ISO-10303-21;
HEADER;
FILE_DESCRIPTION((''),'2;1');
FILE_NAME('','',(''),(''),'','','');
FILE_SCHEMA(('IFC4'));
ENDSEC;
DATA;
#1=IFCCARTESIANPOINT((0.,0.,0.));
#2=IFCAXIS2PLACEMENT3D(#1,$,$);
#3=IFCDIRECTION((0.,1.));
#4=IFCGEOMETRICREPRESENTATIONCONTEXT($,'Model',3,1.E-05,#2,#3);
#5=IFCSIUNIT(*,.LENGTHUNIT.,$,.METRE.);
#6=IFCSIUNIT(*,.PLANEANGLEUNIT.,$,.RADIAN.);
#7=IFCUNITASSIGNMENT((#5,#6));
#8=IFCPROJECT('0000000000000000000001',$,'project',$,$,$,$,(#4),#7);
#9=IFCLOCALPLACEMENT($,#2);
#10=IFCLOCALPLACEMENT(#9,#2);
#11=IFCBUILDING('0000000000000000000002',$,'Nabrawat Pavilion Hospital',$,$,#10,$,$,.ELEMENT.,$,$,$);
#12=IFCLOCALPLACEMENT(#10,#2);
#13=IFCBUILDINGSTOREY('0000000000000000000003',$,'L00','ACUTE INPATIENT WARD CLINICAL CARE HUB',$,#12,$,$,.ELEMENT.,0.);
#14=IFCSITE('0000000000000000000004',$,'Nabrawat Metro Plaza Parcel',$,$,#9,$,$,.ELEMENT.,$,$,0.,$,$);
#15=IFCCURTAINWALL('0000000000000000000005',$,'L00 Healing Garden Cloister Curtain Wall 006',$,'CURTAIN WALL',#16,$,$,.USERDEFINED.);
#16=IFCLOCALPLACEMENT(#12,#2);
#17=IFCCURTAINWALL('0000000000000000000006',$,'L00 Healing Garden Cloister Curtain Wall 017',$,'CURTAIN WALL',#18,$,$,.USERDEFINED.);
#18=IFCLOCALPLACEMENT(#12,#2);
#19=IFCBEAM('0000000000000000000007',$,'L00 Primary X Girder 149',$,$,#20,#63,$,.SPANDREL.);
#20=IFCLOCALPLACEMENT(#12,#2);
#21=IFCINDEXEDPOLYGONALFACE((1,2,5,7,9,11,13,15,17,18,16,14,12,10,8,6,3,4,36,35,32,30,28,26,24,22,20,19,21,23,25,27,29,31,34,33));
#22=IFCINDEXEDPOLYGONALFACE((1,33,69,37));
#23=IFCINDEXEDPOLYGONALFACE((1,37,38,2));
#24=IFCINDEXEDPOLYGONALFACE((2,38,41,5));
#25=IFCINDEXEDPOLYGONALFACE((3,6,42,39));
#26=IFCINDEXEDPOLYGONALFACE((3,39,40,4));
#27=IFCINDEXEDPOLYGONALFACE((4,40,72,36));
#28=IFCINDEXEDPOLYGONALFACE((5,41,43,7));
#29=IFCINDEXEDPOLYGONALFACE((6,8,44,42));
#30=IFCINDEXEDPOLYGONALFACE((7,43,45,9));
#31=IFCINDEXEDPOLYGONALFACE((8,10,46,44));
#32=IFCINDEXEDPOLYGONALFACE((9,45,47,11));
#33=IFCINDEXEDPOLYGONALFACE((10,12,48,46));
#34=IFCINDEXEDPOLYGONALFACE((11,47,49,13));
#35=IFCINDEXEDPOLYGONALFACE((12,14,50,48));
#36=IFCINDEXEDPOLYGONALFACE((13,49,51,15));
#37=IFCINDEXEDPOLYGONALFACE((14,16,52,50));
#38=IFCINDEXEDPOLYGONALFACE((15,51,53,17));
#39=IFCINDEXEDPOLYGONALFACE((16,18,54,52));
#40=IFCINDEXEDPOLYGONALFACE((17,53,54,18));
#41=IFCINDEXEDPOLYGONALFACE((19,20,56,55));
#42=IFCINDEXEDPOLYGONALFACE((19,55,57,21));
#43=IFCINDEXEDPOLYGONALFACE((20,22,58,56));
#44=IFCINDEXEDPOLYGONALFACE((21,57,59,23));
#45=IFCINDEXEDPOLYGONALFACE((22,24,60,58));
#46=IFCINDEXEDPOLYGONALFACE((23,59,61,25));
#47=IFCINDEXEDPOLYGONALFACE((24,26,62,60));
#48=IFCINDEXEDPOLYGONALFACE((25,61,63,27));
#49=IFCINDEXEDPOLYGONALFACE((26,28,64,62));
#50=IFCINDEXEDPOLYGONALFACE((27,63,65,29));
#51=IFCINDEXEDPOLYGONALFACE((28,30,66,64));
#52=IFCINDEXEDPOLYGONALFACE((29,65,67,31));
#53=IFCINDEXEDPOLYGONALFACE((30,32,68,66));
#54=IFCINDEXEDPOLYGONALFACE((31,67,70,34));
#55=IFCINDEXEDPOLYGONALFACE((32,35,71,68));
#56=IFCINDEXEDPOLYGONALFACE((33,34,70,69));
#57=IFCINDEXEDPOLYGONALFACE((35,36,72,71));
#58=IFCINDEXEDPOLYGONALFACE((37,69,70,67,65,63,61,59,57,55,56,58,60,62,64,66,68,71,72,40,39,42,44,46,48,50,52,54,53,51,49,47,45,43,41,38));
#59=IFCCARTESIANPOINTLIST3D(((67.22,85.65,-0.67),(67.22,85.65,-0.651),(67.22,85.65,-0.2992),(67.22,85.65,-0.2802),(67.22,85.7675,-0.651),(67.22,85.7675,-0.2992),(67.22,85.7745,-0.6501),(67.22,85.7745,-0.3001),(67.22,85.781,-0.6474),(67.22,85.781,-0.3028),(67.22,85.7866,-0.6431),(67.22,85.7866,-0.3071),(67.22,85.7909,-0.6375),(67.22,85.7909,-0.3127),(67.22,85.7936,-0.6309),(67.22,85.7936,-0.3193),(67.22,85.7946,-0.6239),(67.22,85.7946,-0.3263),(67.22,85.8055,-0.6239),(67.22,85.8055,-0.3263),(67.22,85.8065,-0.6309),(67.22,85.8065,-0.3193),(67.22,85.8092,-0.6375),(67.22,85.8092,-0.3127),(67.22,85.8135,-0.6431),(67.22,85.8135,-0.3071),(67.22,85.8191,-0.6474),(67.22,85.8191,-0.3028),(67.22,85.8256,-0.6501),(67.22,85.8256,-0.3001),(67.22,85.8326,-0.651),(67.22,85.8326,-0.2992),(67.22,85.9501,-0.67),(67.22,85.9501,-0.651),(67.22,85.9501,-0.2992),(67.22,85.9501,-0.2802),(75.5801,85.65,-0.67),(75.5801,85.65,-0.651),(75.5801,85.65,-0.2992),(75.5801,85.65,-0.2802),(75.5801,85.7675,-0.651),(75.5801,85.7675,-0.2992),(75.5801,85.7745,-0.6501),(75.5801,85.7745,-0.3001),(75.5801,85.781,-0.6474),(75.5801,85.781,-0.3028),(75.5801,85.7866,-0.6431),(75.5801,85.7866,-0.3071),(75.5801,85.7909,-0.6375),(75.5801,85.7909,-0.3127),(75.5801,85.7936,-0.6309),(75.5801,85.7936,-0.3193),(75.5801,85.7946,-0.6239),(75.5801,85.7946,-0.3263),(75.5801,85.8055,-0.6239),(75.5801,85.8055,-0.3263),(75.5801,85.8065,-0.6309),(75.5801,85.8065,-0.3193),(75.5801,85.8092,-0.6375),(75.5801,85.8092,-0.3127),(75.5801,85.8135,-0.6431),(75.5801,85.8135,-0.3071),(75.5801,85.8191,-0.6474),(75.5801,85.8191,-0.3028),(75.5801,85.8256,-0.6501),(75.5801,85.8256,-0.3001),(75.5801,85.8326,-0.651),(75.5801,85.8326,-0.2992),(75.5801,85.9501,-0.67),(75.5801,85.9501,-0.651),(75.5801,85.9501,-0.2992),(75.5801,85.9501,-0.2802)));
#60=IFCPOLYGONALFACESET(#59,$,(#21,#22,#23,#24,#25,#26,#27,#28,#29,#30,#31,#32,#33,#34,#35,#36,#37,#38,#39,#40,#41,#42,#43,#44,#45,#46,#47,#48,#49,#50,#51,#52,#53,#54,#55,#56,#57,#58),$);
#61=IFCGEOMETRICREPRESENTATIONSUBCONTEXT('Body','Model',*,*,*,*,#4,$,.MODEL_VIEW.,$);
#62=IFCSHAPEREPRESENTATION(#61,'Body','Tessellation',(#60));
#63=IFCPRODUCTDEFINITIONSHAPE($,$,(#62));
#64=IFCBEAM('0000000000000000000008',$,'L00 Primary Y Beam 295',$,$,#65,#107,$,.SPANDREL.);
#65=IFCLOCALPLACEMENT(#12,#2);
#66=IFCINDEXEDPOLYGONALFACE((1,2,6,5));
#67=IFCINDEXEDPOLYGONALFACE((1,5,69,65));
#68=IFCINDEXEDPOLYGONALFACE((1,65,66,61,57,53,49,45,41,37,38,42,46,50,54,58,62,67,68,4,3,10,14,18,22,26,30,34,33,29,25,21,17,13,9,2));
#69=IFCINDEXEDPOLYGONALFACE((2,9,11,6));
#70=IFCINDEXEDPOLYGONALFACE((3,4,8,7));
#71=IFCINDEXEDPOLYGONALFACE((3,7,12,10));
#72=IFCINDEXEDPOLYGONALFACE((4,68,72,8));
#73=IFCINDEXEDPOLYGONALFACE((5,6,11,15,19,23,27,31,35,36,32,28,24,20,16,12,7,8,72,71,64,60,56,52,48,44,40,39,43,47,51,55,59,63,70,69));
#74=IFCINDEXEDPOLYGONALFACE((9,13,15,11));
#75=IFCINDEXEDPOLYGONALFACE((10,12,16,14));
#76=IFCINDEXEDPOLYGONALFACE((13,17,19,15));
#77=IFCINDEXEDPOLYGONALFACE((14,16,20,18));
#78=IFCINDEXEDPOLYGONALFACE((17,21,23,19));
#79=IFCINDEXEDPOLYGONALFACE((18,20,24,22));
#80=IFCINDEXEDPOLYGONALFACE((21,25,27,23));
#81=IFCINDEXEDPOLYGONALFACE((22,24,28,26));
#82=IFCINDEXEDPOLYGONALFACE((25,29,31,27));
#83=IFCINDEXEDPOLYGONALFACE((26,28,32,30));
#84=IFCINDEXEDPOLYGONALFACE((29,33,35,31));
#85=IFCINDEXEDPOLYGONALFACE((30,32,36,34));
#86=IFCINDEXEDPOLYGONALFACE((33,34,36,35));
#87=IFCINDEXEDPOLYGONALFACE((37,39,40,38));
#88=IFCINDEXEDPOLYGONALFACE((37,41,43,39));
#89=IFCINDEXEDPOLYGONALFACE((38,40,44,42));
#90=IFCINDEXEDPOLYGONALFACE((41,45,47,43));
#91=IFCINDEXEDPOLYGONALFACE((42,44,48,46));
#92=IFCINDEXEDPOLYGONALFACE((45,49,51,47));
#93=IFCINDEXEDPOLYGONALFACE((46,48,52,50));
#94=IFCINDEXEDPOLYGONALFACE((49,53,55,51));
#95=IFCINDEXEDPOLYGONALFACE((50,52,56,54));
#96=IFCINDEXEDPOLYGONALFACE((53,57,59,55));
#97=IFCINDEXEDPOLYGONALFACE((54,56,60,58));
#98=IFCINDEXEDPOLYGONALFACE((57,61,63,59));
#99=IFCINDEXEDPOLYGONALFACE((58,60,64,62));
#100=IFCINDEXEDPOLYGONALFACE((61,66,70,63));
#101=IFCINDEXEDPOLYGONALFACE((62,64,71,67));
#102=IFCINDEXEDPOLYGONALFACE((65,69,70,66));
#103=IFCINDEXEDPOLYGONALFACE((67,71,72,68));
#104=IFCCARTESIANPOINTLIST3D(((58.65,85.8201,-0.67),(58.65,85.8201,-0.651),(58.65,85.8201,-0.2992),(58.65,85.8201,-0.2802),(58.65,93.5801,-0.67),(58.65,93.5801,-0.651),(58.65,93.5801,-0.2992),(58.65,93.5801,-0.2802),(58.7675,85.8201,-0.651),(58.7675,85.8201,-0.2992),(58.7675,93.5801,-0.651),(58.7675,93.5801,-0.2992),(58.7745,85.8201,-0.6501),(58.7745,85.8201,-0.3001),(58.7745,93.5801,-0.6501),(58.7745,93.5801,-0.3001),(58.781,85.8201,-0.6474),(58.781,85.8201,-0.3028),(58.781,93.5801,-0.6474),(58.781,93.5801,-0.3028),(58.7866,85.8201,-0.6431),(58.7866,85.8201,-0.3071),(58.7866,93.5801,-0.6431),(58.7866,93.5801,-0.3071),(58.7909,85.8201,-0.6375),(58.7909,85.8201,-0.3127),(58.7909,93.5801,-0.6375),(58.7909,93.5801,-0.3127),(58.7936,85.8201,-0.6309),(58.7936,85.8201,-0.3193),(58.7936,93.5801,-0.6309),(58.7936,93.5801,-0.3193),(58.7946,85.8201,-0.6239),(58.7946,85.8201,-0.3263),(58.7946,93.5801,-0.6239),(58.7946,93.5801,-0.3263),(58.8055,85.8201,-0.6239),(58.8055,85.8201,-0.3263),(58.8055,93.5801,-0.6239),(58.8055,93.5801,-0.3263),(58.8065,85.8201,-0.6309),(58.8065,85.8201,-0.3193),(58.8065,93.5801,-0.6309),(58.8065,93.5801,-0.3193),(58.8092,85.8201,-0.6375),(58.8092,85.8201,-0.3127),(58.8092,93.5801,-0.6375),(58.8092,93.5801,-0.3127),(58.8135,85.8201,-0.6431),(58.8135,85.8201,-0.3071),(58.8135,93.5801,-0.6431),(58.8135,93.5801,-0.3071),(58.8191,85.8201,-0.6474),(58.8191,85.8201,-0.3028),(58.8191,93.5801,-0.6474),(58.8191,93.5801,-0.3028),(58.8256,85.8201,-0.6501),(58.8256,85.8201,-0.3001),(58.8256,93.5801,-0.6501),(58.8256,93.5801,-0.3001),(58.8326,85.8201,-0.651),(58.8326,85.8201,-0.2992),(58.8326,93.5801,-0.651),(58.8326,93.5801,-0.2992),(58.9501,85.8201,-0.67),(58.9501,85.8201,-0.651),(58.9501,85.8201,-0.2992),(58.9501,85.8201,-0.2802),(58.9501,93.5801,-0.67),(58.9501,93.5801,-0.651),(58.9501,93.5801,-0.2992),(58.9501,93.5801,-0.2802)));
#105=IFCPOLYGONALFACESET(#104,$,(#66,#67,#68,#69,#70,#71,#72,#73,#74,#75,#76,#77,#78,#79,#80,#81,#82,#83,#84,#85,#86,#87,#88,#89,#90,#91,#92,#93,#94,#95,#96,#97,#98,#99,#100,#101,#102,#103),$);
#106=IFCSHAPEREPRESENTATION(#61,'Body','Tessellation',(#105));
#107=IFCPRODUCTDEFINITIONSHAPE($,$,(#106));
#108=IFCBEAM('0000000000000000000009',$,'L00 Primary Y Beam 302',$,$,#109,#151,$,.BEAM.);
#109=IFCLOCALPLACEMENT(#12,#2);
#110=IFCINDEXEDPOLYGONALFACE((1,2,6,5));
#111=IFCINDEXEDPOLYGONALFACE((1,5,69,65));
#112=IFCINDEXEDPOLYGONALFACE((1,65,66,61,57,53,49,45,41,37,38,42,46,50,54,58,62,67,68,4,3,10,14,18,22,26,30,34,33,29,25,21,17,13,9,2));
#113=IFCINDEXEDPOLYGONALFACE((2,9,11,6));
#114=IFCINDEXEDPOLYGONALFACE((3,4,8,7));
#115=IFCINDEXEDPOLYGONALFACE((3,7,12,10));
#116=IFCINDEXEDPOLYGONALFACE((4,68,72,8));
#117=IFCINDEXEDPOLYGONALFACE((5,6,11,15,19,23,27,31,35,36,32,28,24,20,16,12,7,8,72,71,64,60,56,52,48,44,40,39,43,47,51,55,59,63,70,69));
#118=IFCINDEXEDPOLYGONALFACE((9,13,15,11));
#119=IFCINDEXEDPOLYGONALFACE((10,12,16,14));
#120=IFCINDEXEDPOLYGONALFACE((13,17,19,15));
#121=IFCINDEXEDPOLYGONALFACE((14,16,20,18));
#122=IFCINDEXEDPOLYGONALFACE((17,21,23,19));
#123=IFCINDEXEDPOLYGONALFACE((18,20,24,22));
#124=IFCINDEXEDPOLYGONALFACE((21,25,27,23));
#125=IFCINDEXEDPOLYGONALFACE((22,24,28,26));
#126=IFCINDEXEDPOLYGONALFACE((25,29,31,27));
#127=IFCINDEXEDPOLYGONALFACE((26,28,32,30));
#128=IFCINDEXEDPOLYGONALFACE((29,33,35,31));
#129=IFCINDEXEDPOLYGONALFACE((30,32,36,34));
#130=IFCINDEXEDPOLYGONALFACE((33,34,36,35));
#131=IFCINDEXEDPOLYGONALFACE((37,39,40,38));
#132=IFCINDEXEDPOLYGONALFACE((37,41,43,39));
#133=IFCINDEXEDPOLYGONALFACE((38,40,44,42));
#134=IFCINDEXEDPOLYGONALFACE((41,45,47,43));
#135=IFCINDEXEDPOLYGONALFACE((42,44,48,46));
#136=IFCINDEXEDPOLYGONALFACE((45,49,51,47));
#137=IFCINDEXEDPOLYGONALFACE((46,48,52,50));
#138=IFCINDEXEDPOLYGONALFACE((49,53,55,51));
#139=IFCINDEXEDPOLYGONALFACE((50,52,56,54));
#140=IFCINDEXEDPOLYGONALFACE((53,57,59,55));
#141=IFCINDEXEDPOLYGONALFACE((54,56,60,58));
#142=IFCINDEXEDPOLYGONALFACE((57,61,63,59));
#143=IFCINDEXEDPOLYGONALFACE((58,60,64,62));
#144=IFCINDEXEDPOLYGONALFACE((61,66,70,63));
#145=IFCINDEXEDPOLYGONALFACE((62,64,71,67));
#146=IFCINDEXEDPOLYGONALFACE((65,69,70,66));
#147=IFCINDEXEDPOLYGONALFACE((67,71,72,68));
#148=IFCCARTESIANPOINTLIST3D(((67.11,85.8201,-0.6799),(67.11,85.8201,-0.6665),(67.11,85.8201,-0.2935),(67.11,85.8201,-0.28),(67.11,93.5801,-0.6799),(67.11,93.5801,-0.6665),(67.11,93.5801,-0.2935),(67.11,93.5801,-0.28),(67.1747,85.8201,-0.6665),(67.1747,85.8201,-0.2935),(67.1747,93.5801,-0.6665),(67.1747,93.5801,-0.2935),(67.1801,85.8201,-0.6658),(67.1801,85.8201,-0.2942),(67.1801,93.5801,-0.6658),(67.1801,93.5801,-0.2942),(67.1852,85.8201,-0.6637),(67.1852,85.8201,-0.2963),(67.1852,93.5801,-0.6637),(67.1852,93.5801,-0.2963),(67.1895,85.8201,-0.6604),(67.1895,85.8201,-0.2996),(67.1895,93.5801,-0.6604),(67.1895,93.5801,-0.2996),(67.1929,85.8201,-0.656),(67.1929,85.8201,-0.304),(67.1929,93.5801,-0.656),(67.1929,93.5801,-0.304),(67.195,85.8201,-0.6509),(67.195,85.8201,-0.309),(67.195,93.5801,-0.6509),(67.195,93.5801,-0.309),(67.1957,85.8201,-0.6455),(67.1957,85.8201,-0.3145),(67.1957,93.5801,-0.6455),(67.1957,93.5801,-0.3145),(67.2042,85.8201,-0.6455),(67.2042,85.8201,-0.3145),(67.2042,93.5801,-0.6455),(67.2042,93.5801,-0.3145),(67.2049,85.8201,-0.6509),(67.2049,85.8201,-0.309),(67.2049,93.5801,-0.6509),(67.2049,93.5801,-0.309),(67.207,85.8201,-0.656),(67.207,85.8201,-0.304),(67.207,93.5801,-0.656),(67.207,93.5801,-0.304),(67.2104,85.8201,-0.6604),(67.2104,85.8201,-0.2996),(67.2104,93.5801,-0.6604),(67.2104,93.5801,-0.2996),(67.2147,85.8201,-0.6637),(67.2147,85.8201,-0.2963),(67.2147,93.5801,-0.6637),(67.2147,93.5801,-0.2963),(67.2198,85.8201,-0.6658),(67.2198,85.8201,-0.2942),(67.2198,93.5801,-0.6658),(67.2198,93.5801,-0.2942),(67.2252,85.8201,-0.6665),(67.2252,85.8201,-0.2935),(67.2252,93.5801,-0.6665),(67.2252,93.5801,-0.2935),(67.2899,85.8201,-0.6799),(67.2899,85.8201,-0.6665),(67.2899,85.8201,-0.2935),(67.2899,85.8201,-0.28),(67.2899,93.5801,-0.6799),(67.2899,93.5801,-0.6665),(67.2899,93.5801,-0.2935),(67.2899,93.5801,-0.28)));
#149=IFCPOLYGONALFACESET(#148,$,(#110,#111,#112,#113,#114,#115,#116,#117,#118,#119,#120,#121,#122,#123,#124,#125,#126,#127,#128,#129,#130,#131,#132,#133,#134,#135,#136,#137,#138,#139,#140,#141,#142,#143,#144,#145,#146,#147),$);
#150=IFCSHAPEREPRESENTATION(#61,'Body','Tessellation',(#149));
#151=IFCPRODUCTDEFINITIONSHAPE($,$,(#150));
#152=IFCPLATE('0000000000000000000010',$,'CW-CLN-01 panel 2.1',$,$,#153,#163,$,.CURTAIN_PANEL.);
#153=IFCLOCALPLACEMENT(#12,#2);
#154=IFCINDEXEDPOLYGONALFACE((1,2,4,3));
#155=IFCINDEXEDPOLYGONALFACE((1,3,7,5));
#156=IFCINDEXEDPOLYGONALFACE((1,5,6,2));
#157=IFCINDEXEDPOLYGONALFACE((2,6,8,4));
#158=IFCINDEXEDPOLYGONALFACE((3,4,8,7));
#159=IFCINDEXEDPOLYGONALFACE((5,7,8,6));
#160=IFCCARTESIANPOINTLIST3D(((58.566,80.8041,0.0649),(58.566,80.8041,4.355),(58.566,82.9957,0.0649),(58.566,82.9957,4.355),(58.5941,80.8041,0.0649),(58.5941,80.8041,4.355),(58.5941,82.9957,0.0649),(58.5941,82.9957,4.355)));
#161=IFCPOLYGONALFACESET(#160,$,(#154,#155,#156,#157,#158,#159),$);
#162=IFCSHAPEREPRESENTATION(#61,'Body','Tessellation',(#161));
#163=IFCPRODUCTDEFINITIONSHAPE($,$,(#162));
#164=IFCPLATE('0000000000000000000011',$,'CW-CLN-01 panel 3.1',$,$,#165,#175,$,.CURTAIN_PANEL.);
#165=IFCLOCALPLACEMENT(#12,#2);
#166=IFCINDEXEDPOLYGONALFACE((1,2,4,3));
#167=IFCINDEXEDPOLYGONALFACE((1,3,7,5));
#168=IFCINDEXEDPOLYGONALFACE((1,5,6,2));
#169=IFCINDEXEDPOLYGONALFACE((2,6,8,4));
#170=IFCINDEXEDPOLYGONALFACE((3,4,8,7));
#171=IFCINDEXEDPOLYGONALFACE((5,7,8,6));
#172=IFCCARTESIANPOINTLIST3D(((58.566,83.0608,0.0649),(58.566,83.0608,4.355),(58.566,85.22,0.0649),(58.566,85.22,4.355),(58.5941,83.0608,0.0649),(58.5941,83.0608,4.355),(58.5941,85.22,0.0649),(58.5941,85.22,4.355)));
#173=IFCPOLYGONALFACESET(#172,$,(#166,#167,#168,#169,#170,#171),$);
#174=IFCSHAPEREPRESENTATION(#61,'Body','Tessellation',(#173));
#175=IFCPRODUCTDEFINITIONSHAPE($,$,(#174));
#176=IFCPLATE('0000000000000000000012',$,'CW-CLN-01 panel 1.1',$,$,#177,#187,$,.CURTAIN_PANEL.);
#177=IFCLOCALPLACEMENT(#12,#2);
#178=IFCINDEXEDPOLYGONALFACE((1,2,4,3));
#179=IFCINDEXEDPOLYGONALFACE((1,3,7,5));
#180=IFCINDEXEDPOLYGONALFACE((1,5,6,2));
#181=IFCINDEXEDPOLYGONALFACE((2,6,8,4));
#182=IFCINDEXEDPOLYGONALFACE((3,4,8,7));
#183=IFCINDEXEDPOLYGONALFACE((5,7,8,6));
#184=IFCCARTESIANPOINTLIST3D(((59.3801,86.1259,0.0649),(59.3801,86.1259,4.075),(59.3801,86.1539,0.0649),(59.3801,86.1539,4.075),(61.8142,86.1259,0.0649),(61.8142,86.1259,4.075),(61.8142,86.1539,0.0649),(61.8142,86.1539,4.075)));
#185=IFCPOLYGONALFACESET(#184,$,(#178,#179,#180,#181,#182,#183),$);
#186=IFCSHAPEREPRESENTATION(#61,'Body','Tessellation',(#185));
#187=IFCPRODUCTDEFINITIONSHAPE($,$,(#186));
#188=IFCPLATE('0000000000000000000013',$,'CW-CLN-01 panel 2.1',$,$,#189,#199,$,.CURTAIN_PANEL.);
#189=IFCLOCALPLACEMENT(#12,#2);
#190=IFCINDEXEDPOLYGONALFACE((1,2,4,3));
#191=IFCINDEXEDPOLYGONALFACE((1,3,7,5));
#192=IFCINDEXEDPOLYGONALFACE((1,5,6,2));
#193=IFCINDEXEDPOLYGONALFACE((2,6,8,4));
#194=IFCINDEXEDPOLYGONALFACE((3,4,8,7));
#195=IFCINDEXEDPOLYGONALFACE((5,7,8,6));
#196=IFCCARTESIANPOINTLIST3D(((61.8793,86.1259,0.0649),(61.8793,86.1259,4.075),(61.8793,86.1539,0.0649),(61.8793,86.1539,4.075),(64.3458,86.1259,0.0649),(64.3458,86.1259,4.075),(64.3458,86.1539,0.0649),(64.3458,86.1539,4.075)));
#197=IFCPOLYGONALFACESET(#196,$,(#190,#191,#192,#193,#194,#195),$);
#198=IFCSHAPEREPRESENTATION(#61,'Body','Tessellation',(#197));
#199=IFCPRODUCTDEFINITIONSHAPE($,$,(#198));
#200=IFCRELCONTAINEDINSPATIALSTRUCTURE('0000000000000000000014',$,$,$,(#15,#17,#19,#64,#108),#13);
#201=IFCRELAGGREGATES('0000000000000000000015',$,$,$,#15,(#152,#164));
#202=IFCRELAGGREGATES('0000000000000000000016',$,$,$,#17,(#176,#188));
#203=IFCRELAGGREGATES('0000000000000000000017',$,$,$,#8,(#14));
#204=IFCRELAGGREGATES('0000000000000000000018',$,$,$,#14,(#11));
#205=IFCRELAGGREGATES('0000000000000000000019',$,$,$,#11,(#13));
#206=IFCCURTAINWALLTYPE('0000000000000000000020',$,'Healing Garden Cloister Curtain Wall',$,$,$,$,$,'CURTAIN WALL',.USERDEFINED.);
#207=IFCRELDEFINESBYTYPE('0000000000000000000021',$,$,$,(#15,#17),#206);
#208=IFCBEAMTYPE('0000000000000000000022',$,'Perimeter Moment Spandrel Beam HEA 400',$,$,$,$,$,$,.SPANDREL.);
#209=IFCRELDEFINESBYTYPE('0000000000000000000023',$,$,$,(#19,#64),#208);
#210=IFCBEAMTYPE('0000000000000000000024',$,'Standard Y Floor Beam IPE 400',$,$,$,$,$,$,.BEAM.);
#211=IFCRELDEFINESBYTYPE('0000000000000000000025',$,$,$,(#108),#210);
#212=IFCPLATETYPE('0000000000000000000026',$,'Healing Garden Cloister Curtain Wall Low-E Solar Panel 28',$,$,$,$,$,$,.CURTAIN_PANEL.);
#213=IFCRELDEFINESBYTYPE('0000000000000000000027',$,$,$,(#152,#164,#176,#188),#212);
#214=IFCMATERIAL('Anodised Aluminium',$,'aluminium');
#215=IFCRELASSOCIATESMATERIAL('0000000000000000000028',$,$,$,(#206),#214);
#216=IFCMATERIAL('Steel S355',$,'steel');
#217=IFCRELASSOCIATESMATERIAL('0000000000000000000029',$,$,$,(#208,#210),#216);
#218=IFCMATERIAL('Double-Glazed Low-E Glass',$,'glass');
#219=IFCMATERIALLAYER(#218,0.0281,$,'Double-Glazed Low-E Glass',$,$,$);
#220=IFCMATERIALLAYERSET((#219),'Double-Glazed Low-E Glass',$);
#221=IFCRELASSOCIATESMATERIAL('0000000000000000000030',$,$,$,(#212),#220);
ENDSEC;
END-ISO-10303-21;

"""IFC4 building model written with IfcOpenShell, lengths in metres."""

from ifc_helpers import new_model, si_unit, direction, frame, origin, origin_2d, place, context, subcontext, project, spatial, rectangle, i_section, extrude, material, layer, layer_set, material_profile, profile_set, type_object, element, aggregate, save


model = new_model("IFC4")

# Units and contexts
model_context = context("Model", 3, precision=1e-05, world=origin(), true_north=direction((0.0, 1.0)))
body_context = subcontext(model_context, "Body", "Model", "MODEL_VIEW")
ifc_project = project(units=[si_unit("LENGTHUNIT", "METRE"), si_unit("PLANEANGLEUNIT", "RADIAN")], contexts=[model_context])

# Site, building, storey
site_placement = place(None, origin())
site = spatial("IfcSite", under=ifc_project, at=site_placement, Name="Nabrawat Metro Plaza Parcel", CompositionType="ELEMENT", RefElevation=0.0)
building_placement = place(site_placement, origin())
building = spatial("IfcBuilding", under=site, at=building_placement, Name="Nabrawat Pavilion Hospital", CompositionType="ELEMENT")
storey_placement = place(building_placement, origin())
storey = spatial("IfcBuildingStorey", under=building, at=storey_placement, Name="L00", Description="ACUTE INPATIENT WARD CLINICAL CARE HUB", CompositionType="ELEMENT", Elevation=0.0)

# Shared definitions
ifc_material_1 = material(Name="Steel S355", Category="steel")

# Curtain walls
ifc_material_2 = material(Name="Anodised Aluminium", Category="aluminium")
curtain_wall_type = type_object("IfcCurtainWallType", Name="Healing Garden Cloister Curtain Wall", ElementType="CURTAIN WALL", PredefinedType="USERDEFINED", material=ifc_material_2)
curtain_wall_1_placement = place(storey_placement, origin())
curtain_wall_1 = element("IfcCurtainWall", 1, at=curtain_wall_1_placement, inside=storey, type_object=curtain_wall_type, Name="L00 Healing Garden Cloister Curtain Wall 006", ObjectType="CURTAIN WALL", PredefinedType="USERDEFINED")
curtain_wall_2_placement = place(storey_placement, origin())
curtain_wall_2 = element("IfcCurtainWall", 2, at=curtain_wall_2_placement, inside=storey, type_object=curtain_wall_type, Name="L00 Healing Garden Cloister Curtain Wall 017", ObjectType="CURTAIN WALL", PredefinedType="USERDEFINED")

# Beams
ifc_material_profile_1 = material_profile(ifc_material_1, i_section(OverallWidth=0.3, OverallDepth=0.3899, WebThickness=0.011, FlangeThickness=0.019, FilletRadius=0.0271, at=origin_2d()), Name="HEA 400")
ifc_profile_set_1 = profile_set([ifc_material_profile_1], Name="Steel S355")
beam_type_1 = type_object("IfcBeamType", Name="Perimeter Moment Spandrel Beam HEA 400", PredefinedType="SPANDREL", material=ifc_profile_set_1)
beam_1_placement = place(storey_placement, frame((67.22, 85.8, -0.4751), z_axis=(1.0, 0.0, 0.0), x_axis=(0.0, 1.0, 0.0)))
element("IfcBeam", 3, at=beam_1_placement, inside=storey, type_object=beam_type_1, Name="L00 Primary X Girder 149", PredefinedType="SPANDREL", context=body_context, shape_type="SweptSolid", body=[
    extrude(i_section(OverallWidth=0.3, OverallDepth=0.3899, WebThickness=0.011, FlangeThickness=0.019, FilletRadius=0.0271, at=origin_2d()), origin(), (0.0, 0.0, 1.0), 8.3601),
])
beam_2_placement = place(storey_placement, frame((58.8, 85.8201, -0.4751), z_axis=(0.0, 1.0, 0.0), x_axis=(-1.0, 0.0, 0.0)))
element("IfcBeam", 4, at=beam_2_placement, inside=storey, type_object=beam_type_1, Name="L00 Primary Y Beam 295", PredefinedType="SPANDREL", context=body_context, shape_type="SweptSolid", body=[
    extrude(i_section(OverallWidth=0.3, OverallDepth=0.3899, WebThickness=0.011, FlangeThickness=0.019, FilletRadius=0.0271, at=origin_2d()), origin(), (0.0, 0.0, 1.0), 7.76),
])
ifc_material_profile_2 = material_profile(ifc_material_1, i_section(OverallWidth=0.1799, OverallDepth=0.3999, WebThickness=0.0085, FlangeThickness=0.0134, FilletRadius=0.021, at=origin_2d()), Name="IPE 400")
ifc_profile_set_2 = profile_set([ifc_material_profile_2], Name="Steel S355")
beam_type_2 = type_object("IfcBeamType", Name="Standard Y Floor Beam IPE 400", PredefinedType="BEAM", material=ifc_profile_set_2)
beam_3_placement = place(storey_placement, frame((67.2, 85.8201, -0.48), z_axis=(0.0, 1.0, 0.0), x_axis=(-1.0, 0.0, 0.0)))
element("IfcBeam", 5, at=beam_3_placement, inside=storey, type_object=beam_type_2, Name="L00 Primary Y Beam 302", PredefinedType="BEAM", context=body_context, shape_type="SweptSolid", body=[
    extrude(i_section(OverallWidth=0.1799, OverallDepth=0.3999, WebThickness=0.0085, FlangeThickness=0.0134, FilletRadius=0.021, at=origin_2d()), origin(), (0.0, 0.0, 1.0), 7.76),
])

# Plates
ifc_material_3 = material(Name="Double-Glazed Low-E Glass", Category="glass")
ifc_layer = layer(ifc_material_3, 0.0281, Name="Double-Glazed Low-E Glass")
ifc_layer_set = layer_set([ifc_layer], Name="Double-Glazed Low-E Glass")
plate_type = type_object("IfcPlateType", Name="Healing Garden Cloister Curtain Wall Low-E Solar Panel 28", PredefinedType="CURTAIN_PANEL", material=ifc_layer_set)
plate_1_placement = place(storey_placement, frame((58.5801, 81.8999, 0.0649), z_axis=(0.0, 0.0, 1.0), x_axis=(0.0, 1.0, 0.0)))
plate_1 = element("IfcPlate", 6, at=plate_1_placement, type_object=plate_type, Name="CW-CLN-01 panel 2.1", PredefinedType="CURTAIN_PANEL", context=body_context, shape_type="SweptSolid", body=[
    extrude(rectangle(XDim=2.1917, YDim=0.0281, at=origin_2d()), origin(), (0.0, 0.0, 1.0), 4.29),
])
plate_2_placement = place(storey_placement, frame((58.5801, 84.1404, 0.0649), z_axis=(0.0, 0.0, 1.0), x_axis=(0.0, 1.0, 0.0)))
plate_2 = element("IfcPlate", 7, at=plate_2_placement, type_object=plate_type, Name="CW-CLN-01 panel 3.1", PredefinedType="CURTAIN_PANEL", context=body_context, shape_type="SweptSolid", body=[
    extrude(rectangle(XDim=2.1592, YDim=0.0281, at=origin_2d()), origin(), (0.0, 0.0, 1.0), 4.29),
])
aggregate(curtain_wall_1, [plate_1, plate_2])
plate_3_placement = place(storey_placement, frame((60.5972, 86.1399, 0.0649), z_axis=(0.0, 0.0, 1.0), x_axis=(1.0, 0.0, 0.0)))
plate_3 = element("IfcPlate", 8, at=plate_3_placement, type_object=plate_type, Name="CW-CLN-01 panel 1.1", PredefinedType="CURTAIN_PANEL", context=body_context, shape_type="SweptSolid", body=[
    extrude(rectangle(XDim=2.4341, YDim=0.0281, at=origin_2d()), origin(), (0.0, 0.0, 1.0), 4.01),
])
plate_4_placement = place(storey_placement, frame((63.1125, 86.1399, 0.0649), z_axis=(0.0, 0.0, 1.0), x_axis=(1.0, 0.0, 0.0)))
plate_4 = element("IfcPlate", 9, at=plate_4_placement, type_object=plate_type, Name="CW-CLN-01 panel 2.1", PredefinedType="CURTAIN_PANEL", context=body_context, shape_type="SweptSolid", body=[
    extrude(rectangle(XDim=2.4666, YDim=0.0281, at=origin_2d()), origin(), (0.0, 0.0, 1.0), 4.01),
])
aggregate(curtain_wall_2, [plate_3, plate_4])

save(model, "model.ifc")
